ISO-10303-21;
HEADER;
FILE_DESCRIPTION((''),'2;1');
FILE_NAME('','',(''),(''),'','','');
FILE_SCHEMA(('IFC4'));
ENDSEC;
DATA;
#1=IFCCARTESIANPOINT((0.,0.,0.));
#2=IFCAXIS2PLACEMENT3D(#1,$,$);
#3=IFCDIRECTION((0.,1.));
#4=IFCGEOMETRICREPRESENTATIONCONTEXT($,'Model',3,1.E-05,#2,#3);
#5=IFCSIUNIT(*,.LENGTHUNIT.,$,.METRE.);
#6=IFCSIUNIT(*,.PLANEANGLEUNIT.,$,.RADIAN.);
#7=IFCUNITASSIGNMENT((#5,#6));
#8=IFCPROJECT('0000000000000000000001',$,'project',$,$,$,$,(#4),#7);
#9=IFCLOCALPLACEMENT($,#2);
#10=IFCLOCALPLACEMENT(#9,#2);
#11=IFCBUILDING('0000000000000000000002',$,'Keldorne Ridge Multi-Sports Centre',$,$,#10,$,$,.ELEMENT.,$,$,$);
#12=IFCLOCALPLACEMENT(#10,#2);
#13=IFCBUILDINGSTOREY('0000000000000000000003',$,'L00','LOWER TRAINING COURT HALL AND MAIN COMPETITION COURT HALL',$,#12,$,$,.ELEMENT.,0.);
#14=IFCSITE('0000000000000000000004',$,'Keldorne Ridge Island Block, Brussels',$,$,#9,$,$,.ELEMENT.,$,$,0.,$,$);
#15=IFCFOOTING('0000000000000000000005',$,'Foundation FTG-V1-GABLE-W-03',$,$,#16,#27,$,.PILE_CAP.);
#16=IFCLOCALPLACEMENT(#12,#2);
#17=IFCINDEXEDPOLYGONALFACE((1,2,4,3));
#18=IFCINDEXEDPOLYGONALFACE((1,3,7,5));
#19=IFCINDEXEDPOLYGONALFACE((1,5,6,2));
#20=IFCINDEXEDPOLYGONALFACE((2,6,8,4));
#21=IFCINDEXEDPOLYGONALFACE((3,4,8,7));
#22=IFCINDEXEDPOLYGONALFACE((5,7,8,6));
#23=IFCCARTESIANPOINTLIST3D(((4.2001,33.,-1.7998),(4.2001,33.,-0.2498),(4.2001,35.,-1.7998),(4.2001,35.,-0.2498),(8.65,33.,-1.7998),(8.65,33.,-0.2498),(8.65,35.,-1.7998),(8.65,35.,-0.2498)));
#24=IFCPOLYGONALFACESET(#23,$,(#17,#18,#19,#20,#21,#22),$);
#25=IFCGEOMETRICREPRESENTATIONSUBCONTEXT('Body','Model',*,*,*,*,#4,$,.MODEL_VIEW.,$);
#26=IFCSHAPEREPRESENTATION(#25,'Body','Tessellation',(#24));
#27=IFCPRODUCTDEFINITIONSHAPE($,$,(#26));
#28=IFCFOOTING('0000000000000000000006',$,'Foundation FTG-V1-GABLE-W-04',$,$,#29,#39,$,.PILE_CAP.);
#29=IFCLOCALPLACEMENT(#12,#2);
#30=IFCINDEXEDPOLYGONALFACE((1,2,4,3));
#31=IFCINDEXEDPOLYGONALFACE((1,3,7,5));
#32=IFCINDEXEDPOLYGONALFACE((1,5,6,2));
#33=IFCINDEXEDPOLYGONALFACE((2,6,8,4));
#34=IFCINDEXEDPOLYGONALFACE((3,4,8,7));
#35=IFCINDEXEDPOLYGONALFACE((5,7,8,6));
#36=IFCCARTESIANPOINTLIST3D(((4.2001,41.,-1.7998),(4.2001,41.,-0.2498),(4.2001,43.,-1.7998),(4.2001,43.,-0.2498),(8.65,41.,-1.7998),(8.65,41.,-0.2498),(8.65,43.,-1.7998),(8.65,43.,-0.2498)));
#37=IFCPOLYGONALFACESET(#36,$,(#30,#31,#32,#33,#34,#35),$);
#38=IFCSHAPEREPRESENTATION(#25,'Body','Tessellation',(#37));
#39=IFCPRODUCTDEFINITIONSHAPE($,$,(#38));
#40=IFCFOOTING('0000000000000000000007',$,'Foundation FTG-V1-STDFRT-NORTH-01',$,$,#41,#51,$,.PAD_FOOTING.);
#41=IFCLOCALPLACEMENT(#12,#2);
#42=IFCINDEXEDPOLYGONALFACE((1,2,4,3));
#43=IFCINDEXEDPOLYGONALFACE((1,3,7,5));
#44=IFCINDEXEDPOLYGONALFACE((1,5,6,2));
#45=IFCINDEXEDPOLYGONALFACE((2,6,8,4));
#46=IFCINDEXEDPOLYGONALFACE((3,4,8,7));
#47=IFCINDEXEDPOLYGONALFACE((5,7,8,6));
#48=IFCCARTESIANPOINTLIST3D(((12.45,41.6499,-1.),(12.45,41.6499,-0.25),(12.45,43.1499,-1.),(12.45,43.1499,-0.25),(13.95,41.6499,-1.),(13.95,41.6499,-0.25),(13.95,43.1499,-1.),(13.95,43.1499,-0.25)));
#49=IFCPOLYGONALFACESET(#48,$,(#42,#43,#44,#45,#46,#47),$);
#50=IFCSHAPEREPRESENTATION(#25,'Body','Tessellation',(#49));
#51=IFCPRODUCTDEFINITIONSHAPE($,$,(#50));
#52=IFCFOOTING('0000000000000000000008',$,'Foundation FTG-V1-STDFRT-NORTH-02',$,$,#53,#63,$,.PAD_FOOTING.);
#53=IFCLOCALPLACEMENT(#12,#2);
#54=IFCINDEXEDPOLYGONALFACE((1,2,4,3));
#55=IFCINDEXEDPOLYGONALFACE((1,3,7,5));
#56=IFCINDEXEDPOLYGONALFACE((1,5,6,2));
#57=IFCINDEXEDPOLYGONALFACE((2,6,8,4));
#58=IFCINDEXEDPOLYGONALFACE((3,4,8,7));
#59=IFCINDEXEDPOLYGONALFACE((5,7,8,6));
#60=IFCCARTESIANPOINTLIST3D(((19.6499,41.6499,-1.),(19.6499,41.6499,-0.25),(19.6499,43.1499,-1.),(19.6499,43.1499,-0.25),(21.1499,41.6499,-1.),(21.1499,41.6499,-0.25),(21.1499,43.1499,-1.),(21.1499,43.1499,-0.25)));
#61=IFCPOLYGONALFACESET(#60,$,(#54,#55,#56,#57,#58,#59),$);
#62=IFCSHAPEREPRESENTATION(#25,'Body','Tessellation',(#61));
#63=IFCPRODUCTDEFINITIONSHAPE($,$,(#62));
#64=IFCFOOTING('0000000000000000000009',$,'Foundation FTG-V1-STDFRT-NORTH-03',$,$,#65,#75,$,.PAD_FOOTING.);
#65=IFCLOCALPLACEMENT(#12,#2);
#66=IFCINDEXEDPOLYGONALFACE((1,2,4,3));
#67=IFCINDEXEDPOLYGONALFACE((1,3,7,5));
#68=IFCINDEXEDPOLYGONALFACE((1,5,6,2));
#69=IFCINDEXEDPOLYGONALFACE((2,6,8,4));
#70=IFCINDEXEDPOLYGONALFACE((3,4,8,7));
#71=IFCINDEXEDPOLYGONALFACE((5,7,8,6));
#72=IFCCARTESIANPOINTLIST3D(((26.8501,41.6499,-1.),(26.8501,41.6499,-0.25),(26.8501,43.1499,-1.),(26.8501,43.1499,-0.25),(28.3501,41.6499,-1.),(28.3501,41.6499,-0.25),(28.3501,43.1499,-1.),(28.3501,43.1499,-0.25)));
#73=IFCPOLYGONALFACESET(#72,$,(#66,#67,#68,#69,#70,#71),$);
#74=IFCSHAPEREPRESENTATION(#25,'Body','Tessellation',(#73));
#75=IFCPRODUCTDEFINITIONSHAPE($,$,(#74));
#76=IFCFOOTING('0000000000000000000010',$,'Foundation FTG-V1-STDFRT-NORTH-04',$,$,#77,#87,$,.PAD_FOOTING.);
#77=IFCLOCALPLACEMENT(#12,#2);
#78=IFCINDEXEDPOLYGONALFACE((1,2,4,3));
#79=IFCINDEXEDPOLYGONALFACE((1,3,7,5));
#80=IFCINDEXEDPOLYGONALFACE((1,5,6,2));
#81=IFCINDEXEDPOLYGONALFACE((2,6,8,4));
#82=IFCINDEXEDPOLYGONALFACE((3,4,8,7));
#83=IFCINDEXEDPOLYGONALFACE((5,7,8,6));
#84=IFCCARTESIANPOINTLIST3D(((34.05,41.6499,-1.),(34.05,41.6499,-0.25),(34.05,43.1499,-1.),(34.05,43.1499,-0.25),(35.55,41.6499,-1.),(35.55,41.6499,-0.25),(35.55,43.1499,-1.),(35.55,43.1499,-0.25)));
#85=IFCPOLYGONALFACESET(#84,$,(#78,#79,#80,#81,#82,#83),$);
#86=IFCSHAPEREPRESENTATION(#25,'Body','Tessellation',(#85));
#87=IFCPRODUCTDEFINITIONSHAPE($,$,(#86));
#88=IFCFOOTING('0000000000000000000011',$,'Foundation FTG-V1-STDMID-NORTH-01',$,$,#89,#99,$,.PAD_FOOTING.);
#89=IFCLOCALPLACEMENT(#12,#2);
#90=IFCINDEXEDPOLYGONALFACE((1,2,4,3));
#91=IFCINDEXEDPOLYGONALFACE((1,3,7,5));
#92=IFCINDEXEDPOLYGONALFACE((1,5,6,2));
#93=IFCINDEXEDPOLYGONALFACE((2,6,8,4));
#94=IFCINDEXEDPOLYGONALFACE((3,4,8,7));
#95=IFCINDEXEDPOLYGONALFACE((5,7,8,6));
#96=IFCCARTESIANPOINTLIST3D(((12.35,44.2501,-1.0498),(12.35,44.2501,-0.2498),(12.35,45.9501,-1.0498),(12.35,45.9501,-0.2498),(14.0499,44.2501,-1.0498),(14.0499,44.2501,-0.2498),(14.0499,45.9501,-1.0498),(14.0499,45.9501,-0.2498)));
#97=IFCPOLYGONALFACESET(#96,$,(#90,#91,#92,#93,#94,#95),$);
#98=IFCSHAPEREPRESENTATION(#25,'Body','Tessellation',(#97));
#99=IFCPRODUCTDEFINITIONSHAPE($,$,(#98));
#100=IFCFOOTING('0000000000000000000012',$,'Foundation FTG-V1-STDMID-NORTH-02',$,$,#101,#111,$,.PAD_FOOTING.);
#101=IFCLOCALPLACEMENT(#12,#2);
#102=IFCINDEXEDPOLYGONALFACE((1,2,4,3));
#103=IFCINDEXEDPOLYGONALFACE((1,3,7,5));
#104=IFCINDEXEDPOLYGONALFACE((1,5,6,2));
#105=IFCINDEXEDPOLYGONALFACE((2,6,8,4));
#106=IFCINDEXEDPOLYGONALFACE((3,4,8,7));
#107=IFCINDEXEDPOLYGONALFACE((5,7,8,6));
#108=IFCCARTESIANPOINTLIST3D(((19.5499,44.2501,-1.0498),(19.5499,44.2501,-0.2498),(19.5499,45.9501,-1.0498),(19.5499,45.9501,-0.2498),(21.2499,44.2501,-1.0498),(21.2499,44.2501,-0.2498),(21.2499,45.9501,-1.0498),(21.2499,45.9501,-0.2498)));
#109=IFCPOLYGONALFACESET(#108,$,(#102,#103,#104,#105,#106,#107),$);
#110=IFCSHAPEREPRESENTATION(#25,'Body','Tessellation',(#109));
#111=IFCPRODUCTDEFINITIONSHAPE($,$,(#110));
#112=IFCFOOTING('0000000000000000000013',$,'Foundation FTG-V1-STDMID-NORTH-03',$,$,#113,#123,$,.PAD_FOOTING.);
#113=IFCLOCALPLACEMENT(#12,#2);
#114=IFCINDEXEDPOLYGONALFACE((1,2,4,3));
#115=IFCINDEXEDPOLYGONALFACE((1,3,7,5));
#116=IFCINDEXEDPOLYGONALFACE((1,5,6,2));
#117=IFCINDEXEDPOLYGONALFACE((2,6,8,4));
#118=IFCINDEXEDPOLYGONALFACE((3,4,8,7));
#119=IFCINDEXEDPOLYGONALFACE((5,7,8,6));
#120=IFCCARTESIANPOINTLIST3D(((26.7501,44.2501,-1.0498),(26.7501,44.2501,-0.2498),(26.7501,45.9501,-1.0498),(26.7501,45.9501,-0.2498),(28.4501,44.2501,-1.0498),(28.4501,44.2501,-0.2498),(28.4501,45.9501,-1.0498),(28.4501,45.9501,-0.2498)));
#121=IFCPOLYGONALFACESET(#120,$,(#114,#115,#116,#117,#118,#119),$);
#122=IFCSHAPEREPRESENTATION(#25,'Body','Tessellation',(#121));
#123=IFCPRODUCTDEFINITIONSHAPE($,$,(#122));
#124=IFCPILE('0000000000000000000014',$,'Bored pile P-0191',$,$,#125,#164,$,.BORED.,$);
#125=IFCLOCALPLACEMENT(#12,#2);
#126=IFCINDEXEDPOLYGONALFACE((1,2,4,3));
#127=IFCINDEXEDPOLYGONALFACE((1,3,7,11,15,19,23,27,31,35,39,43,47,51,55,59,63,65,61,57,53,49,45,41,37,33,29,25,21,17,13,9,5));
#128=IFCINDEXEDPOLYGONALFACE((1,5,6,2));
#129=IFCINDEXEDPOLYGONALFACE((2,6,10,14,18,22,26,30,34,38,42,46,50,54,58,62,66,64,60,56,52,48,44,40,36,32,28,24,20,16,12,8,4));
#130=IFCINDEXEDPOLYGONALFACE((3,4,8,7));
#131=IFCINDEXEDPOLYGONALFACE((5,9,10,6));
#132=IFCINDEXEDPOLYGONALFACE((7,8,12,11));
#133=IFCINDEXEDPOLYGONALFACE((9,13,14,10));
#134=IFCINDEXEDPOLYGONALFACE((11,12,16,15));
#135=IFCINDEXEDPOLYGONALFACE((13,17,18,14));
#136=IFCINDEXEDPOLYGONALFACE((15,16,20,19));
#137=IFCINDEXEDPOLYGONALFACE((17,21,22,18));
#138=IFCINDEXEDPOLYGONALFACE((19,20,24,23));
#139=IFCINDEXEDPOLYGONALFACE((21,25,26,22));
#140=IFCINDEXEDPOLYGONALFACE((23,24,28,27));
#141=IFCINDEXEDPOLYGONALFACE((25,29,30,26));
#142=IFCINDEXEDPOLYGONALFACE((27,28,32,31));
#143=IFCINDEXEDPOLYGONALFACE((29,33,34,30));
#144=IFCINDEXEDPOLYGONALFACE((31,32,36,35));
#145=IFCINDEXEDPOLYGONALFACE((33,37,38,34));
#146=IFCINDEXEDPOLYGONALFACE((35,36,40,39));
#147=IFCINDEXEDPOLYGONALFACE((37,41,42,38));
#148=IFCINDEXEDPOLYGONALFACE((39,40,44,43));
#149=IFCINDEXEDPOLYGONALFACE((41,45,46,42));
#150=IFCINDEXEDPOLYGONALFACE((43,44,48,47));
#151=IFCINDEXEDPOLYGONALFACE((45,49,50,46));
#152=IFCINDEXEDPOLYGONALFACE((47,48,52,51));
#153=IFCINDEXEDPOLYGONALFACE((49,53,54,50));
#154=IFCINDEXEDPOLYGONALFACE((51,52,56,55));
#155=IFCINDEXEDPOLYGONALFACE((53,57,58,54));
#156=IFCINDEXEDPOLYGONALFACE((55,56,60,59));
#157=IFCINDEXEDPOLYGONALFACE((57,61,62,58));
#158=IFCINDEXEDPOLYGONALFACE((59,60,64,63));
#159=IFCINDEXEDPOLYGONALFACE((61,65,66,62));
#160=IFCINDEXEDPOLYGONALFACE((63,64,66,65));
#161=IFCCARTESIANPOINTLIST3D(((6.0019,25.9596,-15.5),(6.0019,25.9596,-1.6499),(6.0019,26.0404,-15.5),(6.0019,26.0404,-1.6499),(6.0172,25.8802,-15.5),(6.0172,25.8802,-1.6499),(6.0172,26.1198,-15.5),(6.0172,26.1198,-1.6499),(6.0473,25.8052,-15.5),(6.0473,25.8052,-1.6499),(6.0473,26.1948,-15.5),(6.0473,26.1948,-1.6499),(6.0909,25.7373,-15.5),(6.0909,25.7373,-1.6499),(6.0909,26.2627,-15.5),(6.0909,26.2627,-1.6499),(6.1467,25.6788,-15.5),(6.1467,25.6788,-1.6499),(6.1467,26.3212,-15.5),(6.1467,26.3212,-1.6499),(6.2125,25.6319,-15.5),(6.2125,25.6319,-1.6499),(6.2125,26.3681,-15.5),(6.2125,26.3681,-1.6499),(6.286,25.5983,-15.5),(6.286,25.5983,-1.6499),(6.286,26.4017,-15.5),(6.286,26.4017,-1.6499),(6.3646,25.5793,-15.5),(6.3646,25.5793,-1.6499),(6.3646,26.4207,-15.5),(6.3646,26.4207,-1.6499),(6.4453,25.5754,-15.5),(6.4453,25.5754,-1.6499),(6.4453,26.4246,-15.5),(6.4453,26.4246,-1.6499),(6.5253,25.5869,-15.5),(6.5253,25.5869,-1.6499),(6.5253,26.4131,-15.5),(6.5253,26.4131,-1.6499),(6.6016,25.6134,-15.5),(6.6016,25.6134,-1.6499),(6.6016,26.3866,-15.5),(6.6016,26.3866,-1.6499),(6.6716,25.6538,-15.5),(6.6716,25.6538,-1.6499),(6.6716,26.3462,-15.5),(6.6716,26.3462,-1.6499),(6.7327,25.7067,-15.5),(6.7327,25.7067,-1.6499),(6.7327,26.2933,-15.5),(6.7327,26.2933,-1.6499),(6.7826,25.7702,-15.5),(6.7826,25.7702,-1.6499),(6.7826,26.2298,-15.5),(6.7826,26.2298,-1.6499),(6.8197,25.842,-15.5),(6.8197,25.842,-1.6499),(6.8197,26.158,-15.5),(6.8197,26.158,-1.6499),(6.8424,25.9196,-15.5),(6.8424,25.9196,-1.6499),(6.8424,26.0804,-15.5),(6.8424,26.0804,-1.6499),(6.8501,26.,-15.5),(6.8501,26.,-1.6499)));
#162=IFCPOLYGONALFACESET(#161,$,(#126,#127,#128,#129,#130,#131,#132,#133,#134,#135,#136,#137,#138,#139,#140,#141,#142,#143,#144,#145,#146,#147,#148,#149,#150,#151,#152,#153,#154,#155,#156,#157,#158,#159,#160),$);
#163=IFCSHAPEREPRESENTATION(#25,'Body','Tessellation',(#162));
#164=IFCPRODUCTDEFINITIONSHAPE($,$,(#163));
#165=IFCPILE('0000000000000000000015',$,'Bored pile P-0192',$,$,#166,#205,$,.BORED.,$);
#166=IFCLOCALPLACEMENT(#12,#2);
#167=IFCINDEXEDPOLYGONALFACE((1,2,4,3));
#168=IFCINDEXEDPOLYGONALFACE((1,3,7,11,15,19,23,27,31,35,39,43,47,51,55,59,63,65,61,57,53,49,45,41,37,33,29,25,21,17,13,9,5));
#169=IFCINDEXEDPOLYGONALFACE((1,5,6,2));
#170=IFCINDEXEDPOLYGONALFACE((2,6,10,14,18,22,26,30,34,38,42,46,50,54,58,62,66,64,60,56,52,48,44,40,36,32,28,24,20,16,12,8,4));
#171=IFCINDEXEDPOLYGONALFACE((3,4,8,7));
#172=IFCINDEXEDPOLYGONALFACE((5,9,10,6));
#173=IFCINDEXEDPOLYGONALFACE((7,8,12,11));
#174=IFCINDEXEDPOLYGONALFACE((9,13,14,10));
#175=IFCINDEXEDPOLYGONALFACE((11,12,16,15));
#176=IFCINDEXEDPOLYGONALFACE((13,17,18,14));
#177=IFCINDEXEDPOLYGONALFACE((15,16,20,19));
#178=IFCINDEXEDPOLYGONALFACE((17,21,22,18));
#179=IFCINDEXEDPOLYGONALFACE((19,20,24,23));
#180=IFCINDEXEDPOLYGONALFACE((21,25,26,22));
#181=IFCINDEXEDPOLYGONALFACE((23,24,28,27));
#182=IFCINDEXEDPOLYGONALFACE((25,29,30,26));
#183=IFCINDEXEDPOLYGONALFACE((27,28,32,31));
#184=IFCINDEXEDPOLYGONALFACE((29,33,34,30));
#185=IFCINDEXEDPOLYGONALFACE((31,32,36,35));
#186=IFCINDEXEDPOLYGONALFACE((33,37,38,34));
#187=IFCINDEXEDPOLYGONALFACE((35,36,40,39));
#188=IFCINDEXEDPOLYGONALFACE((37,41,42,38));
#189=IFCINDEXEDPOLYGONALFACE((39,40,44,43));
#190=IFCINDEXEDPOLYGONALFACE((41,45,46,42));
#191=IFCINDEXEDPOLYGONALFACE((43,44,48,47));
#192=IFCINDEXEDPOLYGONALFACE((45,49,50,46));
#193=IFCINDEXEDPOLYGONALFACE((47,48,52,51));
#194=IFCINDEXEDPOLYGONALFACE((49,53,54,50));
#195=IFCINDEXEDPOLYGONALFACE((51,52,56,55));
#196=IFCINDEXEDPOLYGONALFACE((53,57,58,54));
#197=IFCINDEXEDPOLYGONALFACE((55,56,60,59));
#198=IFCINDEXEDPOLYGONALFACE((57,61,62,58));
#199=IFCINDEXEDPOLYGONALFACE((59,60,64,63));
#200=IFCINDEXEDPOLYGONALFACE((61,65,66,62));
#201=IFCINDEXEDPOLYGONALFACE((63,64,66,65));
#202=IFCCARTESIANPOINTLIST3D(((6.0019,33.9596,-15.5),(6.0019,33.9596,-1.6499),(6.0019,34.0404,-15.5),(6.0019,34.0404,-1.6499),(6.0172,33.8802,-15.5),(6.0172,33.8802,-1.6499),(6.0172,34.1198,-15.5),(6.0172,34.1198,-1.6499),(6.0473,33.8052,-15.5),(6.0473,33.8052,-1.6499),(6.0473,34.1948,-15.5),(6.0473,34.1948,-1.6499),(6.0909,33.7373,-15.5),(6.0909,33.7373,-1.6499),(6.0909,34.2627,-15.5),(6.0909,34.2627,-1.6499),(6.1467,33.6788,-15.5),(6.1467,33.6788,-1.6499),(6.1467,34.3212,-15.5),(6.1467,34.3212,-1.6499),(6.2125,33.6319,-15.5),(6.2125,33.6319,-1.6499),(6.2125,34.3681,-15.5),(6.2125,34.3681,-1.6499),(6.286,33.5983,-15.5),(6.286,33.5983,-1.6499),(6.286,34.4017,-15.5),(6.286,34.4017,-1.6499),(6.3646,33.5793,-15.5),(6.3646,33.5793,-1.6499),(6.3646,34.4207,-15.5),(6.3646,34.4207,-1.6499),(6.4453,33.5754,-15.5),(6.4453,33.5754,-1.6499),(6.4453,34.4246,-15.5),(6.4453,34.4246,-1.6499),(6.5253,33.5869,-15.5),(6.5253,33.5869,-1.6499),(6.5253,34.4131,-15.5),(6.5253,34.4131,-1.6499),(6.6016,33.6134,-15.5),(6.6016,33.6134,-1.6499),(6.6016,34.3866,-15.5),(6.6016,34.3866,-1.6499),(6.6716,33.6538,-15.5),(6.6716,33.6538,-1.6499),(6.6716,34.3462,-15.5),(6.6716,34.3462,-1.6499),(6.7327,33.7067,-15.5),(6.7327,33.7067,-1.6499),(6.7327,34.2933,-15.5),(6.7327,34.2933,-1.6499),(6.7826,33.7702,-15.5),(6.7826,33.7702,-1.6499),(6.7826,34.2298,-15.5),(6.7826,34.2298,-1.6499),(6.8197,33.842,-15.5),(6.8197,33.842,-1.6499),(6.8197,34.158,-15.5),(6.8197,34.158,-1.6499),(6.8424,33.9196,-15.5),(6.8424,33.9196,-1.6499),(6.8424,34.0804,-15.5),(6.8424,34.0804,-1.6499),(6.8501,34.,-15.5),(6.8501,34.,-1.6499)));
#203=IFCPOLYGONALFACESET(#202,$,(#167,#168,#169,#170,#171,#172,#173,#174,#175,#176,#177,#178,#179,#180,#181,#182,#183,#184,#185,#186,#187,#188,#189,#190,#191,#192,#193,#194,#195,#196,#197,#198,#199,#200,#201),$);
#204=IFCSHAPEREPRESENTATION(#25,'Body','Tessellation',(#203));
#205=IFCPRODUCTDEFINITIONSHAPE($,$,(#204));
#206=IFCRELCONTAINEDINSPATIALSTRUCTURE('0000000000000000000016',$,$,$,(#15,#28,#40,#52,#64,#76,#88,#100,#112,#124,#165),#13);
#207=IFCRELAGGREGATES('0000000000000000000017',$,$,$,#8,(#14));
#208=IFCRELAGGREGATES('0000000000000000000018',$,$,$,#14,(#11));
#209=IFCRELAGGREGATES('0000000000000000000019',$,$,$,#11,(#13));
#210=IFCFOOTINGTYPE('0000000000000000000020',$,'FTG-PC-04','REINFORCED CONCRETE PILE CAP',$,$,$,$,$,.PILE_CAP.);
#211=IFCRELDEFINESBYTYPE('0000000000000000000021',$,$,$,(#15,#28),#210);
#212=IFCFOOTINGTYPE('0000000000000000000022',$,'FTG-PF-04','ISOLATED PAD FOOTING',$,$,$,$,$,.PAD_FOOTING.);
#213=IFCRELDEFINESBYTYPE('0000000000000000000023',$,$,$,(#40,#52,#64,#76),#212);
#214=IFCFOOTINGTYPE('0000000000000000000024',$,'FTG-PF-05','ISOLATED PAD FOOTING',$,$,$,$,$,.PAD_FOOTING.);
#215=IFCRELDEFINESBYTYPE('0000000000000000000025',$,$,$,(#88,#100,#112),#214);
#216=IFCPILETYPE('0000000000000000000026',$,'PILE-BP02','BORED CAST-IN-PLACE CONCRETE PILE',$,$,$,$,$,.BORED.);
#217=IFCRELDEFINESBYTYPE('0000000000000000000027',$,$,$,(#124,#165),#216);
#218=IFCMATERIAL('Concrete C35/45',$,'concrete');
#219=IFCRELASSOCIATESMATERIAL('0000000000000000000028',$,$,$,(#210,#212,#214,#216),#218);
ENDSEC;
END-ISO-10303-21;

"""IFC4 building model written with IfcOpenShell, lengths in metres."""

from ifc_helpers import new_model, si_unit, direction, frame, origin, origin_2d, place, context, subcontext, project, spatial, rectangle, circle, extrude, material, material_profile, profile_set, type_object, element, save


model = new_model("IFC4")

# Units and contexts
model_context = context("Model", 3, precision=1e-05, world=origin(), true_north=direction((0.0, 1.0)))
body_context = subcontext(model_context, "Body", "Model", "MODEL_VIEW")
ifc_project = project(units=[si_unit("LENGTHUNIT", "METRE"), si_unit("PLANEANGLEUNIT", "RADIAN")], contexts=[model_context])

# Site, building, storey
site_placement = place(None, origin())
site = spatial("IfcSite", under=ifc_project, at=site_placement, Name="Keldorne Ridge Island Block, Brussels", CompositionType="ELEMENT", RefElevation=0.0)
building_placement = place(site_placement, origin())
building = spatial("IfcBuilding", under=site, at=building_placement, Name="Keldorne Ridge Multi-Sports Centre", CompositionType="ELEMENT")
storey_placement = place(building_placement, origin())
storey = spatial("IfcBuildingStorey", under=building, at=storey_placement, Name="L00", Description="LOWER TRAINING COURT HALL AND MAIN COMPETITION COURT HALL", CompositionType="ELEMENT", Elevation=0.0)

# Footings
ifc_material_1 = material(Name="Concrete C35/45", Category="concrete")
footing_type_1 = type_object("IfcFootingType", Name="FTG-PC-04", Description="REINFORCED CONCRETE PILE CAP", PredefinedType="PILE_CAP", material=ifc_material_1)
for number, where, z_axis, x_axis, name in (
    (1, (6.425, 34.0, -1.7998), (0.0, 0.0, 1.0), (1.0, 0.0, 0.0), "Foundation FTG-V1-GABLE-W-03"),
    (2, (6.425, 42.0, -1.7998), (0.0, 0.0, 1.0), (1.0, 0.0, 0.0), "Foundation FTG-V1-GABLE-W-04"),
):
    element("IfcFooting", number, at=place(storey_placement, frame(where, z_axis=z_axis, x_axis=x_axis)), inside=storey, type_object=footing_type_1, Name=name, PredefinedType="PILE_CAP", context=body_context, shape_type="SweptSolid", body=[
        extrude(rectangle(XDim=4.45, YDim=2.0, at=origin_2d()), origin(), (0.0, 0.0, 1.0), 1.55),
    ])
footing_type_2 = type_object("IfcFootingType", Name="FTG-PF-04", Description="ISOLATED PAD FOOTING", PredefinedType="PAD_FOOTING", material=ifc_material_1)
for number, where, z_axis, x_axis, name in (
    (3, (13.2, 42.3999, -1.0), (0.0, 0.0, 1.0), (1.0, 0.0, 0.0), "Foundation FTG-V1-STDFRT-NORTH-01"),
    (4, (20.3999, 42.3999, -1.0), (0.0, 0.0, 1.0), (1.0, 0.0, 0.0), "Foundation FTG-V1-STDFRT-NORTH-02"),
    (5, (27.6001, 42.3999, -1.0), (0.0, 0.0, 1.0), (1.0, 0.0, 0.0), "Foundation FTG-V1-STDFRT-NORTH-03"),
    (6, (34.8, 42.3999, -1.0), (0.0, 0.0, 1.0), (1.0, 0.0, 0.0), "Foundation FTG-V1-STDFRT-NORTH-04"),
):
    element("IfcFooting", number, at=place(storey_placement, frame(where, z_axis=z_axis, x_axis=x_axis)), inside=storey, type_object=footing_type_2, Name=name, PredefinedType="PAD_FOOTING", context=body_context, shape_type="SweptSolid", body=[
        extrude(rectangle(XDim=1.5, YDim=1.5, at=origin_2d()), origin(), (0.0, 0.0, 1.0), 0.75),
    ])
footing_type_3 = type_object("IfcFootingType", Name="FTG-PF-05", Description="ISOLATED PAD FOOTING", PredefinedType="PAD_FOOTING", material=ifc_material_1)
for number, where, z_axis, x_axis, name in (
    (7, (13.2, 45.1001, -1.0498), (0.0, 0.0, 1.0), (1.0, 0.0, 0.0), "Foundation FTG-V1-STDMID-NORTH-01"),
    (8, (20.3999, 45.1001, -1.0498), (0.0, 0.0, 1.0), (1.0, 0.0, 0.0), "Foundation FTG-V1-STDMID-NORTH-02"),
    (9, (27.6001, 45.1001, -1.0498), (0.0, 0.0, 1.0), (1.0, 0.0, 0.0), "Foundation FTG-V1-STDMID-NORTH-03"),
):
    element("IfcFooting", number, at=place(storey_placement, frame(where, z_axis=z_axis, x_axis=x_axis)), inside=storey, type_object=footing_type_3, Name=name, PredefinedType="PAD_FOOTING", context=body_context, shape_type="SweptSolid", body=[
        extrude(rectangle(XDim=1.7, YDim=1.7, at=origin_2d()), origin(), (0.0, 0.0, 1.0), 0.8),
    ])

# Piles
ifc_material_profile_1 = material_profile(ifc_material_1, circle(Radius=0.425, at=origin_2d()), Name="BORED PILE D850")
ifc_profile_set_1 = profile_set([ifc_material_profile_1], Name="Concrete C35/45")
pile_type = type_object("IfcPileType", Name="PILE-BP02", Description="BORED CAST-IN-PLACE CONCRETE PILE", PredefinedType="BORED", material=ifc_profile_set_1)
for number, where, z_axis, x_axis, name in (
    (10, (6.425, 26.0, -1.6499), (0.0, 0.0, -1.0), (1.0, 0.0, 0.0), "Bored pile P-0191"),
    (11, (6.425, 34.0, -1.6499), (0.0, 0.0, -1.0), (1.0, 0.0, 0.0), "Bored pile P-0192"),
):
    element("IfcPile", number, at=place(storey_placement, frame(where, z_axis=z_axis, x_axis=x_axis)), inside=storey, type_object=pile_type, Name=name, PredefinedType="BORED", context=body_context, shape_type="SweptSolid", body=[
        extrude(circle(Radius=0.425, at=origin_2d()), origin(), (0.0, 0.0, 1.0), 13.8501),
    ])

save(model, "model.ifc")
